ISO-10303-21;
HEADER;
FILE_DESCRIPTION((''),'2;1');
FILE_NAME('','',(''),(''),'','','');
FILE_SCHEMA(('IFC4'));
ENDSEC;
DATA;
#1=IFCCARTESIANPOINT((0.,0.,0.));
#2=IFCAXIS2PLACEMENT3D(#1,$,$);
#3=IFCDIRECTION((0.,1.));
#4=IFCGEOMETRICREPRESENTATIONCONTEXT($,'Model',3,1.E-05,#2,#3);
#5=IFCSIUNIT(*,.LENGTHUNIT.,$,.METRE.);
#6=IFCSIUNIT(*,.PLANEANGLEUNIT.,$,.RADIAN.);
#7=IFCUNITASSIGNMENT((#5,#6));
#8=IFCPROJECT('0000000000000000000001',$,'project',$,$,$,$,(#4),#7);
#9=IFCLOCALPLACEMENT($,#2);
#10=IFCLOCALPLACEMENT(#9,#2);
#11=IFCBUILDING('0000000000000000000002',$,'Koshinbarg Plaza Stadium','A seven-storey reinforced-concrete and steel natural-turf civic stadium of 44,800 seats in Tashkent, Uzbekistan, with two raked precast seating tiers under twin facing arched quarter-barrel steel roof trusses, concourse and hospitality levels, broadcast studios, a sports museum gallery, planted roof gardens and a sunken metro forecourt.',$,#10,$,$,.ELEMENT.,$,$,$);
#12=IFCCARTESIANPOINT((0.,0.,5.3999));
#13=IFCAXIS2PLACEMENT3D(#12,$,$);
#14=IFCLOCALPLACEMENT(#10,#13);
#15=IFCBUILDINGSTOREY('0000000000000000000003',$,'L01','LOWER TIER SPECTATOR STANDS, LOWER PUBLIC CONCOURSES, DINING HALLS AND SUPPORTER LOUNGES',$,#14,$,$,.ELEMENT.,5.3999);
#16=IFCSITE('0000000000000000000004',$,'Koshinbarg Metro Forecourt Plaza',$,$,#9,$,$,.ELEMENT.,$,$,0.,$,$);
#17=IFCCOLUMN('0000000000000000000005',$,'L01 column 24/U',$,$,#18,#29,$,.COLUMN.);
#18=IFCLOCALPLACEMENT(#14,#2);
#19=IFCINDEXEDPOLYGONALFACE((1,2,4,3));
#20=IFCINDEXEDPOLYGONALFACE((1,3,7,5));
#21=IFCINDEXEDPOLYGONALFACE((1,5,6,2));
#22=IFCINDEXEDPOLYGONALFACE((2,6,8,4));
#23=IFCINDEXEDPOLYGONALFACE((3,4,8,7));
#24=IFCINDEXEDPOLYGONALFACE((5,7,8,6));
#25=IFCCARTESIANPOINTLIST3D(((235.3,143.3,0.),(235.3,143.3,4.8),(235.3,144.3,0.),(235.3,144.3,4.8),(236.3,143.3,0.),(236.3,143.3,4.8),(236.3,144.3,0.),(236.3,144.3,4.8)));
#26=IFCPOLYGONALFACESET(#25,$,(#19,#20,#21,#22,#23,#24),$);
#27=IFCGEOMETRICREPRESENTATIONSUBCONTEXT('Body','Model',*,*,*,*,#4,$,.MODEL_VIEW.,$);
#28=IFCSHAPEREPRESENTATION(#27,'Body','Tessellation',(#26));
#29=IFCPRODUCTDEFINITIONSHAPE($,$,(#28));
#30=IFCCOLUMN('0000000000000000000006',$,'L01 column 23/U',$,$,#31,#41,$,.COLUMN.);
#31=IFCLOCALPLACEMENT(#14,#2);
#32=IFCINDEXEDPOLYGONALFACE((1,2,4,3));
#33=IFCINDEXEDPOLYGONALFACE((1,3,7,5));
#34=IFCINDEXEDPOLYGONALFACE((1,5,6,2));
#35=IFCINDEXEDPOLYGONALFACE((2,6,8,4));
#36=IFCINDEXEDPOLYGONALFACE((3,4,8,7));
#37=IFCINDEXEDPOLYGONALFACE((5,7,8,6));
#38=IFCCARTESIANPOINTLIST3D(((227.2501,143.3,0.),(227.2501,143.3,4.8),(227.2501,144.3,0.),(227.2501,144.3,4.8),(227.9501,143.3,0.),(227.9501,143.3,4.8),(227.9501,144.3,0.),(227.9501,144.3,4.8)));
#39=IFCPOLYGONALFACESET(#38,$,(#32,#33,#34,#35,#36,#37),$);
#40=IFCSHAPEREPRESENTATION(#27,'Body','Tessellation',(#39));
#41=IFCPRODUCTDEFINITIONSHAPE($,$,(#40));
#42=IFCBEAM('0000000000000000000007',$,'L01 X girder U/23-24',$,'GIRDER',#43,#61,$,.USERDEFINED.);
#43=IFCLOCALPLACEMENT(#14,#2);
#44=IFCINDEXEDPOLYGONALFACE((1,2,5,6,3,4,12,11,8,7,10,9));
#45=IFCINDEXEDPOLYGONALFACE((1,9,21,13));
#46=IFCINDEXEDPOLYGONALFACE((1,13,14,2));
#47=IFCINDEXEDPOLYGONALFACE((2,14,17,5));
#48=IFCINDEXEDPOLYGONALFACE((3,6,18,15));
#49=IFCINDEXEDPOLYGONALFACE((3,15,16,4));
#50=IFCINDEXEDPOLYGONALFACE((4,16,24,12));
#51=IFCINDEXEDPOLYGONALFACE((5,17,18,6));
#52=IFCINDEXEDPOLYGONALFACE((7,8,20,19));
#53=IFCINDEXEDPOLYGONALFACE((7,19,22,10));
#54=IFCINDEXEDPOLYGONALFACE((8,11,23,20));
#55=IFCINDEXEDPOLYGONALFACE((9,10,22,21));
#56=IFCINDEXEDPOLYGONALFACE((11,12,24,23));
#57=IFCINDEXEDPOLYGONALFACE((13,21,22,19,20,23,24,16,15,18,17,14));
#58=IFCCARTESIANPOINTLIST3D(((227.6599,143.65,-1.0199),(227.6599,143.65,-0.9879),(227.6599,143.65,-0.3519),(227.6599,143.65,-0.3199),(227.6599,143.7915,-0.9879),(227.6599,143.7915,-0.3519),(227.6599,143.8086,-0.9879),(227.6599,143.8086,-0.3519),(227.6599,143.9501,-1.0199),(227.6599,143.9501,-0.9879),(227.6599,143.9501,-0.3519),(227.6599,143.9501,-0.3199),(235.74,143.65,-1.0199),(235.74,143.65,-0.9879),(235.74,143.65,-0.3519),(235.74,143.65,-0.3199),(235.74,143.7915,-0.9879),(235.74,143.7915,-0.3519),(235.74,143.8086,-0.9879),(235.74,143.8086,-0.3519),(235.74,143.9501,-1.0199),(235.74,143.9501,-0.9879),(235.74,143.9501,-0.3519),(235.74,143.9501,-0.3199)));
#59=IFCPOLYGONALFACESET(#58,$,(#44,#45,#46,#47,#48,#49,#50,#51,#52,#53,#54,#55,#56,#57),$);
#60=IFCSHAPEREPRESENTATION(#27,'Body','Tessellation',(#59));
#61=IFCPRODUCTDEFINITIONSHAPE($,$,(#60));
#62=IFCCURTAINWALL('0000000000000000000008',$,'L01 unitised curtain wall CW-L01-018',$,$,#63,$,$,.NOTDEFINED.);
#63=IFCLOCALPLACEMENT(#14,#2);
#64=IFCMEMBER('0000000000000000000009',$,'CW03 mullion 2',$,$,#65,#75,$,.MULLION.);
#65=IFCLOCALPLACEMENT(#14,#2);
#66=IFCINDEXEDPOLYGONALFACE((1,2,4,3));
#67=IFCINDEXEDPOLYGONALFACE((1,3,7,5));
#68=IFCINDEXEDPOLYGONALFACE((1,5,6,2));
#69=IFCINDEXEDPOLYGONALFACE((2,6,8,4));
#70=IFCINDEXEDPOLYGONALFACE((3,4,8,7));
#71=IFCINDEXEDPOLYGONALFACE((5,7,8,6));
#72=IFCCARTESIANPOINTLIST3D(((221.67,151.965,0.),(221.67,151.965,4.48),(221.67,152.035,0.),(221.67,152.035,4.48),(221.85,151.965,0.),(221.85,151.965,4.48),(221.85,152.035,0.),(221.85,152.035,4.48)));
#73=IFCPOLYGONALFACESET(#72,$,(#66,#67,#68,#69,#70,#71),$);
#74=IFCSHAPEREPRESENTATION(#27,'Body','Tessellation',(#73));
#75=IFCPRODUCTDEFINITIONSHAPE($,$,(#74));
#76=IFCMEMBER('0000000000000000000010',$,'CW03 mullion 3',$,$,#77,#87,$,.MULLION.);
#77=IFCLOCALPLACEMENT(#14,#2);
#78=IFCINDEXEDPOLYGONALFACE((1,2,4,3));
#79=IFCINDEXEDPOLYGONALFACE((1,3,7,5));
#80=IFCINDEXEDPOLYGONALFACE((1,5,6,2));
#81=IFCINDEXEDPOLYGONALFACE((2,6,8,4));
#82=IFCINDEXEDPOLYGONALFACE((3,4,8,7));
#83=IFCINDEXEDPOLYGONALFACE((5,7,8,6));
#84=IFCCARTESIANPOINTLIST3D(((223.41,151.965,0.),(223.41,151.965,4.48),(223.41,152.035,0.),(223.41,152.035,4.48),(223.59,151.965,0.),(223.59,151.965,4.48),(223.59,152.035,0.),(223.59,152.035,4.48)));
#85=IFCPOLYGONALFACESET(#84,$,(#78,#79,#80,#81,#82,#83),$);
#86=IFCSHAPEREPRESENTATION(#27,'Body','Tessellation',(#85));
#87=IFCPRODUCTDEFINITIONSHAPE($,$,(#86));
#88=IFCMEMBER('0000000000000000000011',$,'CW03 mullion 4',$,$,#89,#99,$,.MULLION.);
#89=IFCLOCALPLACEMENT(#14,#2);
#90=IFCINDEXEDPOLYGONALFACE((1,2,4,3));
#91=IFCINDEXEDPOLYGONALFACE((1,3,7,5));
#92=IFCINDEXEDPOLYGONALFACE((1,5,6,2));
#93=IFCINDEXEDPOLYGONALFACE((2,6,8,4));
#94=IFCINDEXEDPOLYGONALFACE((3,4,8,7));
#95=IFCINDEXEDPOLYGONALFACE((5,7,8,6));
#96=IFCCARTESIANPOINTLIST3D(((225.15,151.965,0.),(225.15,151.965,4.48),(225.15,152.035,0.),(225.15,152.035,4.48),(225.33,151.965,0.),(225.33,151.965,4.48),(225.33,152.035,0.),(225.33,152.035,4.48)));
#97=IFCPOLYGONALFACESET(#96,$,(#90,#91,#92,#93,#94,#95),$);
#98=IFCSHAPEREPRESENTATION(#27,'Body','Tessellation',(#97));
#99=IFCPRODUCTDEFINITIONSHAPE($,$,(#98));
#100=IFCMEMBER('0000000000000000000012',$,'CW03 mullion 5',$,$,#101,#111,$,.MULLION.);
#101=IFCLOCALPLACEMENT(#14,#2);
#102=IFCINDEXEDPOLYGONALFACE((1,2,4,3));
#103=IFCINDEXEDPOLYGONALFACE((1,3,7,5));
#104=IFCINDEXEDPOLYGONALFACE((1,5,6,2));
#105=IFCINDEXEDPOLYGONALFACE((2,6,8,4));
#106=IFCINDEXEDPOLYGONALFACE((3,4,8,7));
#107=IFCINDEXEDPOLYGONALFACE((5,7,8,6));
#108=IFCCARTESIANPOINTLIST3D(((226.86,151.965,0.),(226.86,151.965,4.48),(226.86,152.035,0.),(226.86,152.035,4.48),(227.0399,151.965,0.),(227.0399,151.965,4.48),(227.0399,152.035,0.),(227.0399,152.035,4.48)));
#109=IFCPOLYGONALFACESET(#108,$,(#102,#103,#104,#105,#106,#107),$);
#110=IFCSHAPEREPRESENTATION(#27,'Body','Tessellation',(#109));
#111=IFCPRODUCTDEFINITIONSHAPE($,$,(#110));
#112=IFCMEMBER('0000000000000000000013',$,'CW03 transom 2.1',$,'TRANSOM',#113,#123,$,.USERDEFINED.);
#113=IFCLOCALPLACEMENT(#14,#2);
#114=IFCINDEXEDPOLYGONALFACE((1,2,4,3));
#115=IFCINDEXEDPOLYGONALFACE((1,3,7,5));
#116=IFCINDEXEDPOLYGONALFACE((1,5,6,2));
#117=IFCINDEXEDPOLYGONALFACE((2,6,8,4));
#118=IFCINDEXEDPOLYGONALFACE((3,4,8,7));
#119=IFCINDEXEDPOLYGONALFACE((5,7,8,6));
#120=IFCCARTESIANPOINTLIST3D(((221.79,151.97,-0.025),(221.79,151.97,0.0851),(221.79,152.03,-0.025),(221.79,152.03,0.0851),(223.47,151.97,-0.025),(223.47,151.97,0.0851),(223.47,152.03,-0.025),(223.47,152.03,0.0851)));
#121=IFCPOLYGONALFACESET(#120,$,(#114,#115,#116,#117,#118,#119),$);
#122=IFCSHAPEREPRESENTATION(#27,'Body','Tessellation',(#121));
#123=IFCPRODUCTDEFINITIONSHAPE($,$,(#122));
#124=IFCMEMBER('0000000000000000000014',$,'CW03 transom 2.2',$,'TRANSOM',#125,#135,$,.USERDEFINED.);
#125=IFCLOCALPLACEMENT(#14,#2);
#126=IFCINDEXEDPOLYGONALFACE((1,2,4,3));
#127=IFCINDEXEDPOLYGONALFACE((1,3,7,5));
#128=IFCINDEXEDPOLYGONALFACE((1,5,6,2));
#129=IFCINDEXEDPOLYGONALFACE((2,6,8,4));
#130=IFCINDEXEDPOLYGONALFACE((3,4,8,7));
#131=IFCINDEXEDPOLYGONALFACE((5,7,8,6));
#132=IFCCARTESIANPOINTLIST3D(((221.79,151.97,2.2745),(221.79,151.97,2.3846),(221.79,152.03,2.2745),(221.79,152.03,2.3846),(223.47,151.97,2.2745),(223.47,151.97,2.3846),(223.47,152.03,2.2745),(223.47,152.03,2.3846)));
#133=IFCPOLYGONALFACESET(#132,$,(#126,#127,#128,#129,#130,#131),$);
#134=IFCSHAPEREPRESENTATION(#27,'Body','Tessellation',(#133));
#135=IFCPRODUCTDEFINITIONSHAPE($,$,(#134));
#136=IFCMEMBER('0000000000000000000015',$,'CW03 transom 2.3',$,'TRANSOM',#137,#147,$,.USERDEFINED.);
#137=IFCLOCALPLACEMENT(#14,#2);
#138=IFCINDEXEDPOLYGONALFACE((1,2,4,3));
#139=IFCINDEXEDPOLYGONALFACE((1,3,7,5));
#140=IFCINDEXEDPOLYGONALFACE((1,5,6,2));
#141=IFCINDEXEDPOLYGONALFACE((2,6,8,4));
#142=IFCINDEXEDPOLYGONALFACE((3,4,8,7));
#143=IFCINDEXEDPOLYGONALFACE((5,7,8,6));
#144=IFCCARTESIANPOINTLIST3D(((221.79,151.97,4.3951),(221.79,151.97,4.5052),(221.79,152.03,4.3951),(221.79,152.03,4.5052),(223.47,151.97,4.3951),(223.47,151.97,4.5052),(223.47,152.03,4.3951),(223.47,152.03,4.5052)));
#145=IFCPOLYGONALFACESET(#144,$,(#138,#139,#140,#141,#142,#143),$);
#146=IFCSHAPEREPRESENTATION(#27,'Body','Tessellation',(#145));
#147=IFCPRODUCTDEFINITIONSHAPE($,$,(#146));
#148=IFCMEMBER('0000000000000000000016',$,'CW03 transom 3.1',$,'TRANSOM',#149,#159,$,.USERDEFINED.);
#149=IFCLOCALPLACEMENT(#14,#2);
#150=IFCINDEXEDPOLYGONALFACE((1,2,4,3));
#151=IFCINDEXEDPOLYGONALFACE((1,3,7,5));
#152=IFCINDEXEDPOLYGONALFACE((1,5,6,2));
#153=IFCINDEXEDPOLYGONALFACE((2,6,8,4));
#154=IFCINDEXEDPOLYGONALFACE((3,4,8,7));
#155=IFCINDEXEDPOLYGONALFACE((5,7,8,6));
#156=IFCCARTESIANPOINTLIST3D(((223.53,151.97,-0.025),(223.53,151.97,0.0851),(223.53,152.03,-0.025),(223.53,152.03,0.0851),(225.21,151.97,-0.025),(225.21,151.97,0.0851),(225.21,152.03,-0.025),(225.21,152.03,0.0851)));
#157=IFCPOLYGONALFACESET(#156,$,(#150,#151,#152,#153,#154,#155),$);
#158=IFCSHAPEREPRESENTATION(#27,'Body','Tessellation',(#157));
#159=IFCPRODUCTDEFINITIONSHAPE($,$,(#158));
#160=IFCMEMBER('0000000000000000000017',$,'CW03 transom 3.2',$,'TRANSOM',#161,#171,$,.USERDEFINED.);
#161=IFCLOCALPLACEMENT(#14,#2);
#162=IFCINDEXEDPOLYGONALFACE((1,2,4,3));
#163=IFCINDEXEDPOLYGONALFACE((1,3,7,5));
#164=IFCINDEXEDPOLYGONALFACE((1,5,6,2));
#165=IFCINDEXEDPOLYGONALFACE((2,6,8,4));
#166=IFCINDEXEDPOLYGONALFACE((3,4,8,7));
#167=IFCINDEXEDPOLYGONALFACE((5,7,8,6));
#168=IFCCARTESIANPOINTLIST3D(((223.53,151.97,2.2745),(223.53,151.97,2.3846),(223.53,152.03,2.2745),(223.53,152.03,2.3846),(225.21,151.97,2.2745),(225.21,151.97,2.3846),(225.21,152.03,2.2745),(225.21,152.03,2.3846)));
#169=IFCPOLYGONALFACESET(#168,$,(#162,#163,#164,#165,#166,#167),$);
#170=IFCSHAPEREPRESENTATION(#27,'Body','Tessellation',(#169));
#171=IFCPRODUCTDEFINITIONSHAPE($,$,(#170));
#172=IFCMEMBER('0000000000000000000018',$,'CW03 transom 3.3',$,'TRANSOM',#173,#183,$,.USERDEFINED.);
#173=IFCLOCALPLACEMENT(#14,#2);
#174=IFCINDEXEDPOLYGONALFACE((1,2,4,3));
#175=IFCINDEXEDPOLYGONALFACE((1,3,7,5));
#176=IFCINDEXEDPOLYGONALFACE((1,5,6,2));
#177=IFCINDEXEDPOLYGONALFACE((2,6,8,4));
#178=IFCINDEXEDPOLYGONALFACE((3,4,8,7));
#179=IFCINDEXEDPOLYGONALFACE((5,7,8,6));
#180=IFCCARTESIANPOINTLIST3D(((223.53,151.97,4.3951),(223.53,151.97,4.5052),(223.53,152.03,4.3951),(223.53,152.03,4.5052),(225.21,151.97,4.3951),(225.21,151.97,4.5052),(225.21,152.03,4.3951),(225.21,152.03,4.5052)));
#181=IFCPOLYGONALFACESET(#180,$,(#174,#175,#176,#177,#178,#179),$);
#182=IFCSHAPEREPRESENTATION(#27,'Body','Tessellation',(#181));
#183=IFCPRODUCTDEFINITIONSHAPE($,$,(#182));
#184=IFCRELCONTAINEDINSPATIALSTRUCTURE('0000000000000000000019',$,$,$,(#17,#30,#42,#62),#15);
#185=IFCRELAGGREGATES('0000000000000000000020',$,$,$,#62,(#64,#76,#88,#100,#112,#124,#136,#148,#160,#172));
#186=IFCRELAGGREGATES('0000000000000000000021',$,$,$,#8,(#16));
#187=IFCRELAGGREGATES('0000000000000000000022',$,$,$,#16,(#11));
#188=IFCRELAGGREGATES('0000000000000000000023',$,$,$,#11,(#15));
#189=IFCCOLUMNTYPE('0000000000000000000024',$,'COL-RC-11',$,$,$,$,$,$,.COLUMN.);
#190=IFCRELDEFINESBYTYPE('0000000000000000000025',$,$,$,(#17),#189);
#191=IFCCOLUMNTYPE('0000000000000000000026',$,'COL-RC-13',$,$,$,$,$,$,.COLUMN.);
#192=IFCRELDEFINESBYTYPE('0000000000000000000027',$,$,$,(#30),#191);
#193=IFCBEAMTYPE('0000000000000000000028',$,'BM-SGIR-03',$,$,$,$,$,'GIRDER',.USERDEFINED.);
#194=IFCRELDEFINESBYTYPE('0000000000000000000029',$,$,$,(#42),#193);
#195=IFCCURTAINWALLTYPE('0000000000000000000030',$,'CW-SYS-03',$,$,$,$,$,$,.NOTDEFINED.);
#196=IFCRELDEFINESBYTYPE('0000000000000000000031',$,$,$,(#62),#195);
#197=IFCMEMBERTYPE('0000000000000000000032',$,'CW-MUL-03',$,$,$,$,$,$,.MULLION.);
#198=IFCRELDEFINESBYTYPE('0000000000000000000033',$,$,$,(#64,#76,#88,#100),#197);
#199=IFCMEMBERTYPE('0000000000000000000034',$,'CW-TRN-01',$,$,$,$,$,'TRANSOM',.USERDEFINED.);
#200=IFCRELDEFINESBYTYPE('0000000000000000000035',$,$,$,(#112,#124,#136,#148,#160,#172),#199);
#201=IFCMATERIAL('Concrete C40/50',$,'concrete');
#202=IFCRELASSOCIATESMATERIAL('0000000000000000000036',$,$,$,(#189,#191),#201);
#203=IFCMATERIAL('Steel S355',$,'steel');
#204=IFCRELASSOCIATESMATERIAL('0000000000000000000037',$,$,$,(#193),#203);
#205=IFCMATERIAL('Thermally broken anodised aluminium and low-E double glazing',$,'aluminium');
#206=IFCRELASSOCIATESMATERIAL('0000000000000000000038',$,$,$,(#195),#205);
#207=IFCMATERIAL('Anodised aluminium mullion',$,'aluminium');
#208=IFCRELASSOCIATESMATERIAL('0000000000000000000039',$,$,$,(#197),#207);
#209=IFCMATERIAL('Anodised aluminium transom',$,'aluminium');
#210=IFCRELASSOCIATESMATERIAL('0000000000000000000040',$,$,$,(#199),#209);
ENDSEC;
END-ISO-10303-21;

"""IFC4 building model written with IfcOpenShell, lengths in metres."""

from ifc_helpers import new_model, si_unit, direction, frame, origin, origin_2d, place, context, subcontext, project, spatial, rectangle, i_section, extrude, material, material_profile, profile_set, type_object, element, aggregate, save


model = new_model("IFC4")

# Units and contexts
model_context = context("Model", 3, precision=1e-05, world=origin(), true_north=direction((0.0, 1.0)))
body_context = subcontext(model_context, "Body", "Model", "MODEL_VIEW")
ifc_project = project(units=[si_unit("LENGTHUNIT", "METRE"), si_unit("PLANEANGLEUNIT", "RADIAN")], contexts=[model_context])

# Site, building, storey
site_placement = place(None, origin())
site = spatial("IfcSite", under=ifc_project, at=site_placement, Name="Koshinbarg Metro Forecourt Plaza", CompositionType="ELEMENT", RefElevation=0.0)
building_placement = place(site_placement, origin())
building = spatial("IfcBuilding", under=site, at=building_placement, Name="Koshinbarg Plaza Stadium", Description="A seven-storey reinforced-concrete and steel natural-turf civic stadium of 44,800 seats in Tashkent, Uzbekistan, with two raked precast seating tiers under twin facing arched quarter-barrel steel roof trusses, concourse and hospitality levels, broadcast studios, a sports museum gallery, planted roof gardens and a sunken metro forecourt.", CompositionType="ELEMENT")
storey_placement = place(building_placement, frame((0.0, 0.0, 5.3999)))
storey = spatial("IfcBuildingStorey", under=building, at=storey_placement, Name="L01", Description="LOWER TIER SPECTATOR STANDS, LOWER PUBLIC CONCOURSES, DINING HALLS AND SUPPORTER LOUNGES", CompositionType="ELEMENT", Elevation=5.3999)

# Columns
ifc_material_1 = material(Name="Concrete C40/50", Category="concrete")
ifc_material_profile_1 = material_profile(ifc_material_1, rectangle(XDim=1.0, YDim=1.0, at=origin_2d()), Name="RC 1000x1000")
ifc_profile_set_1 = profile_set([ifc_material_profile_1], Name="Concrete C40/50")
column_type_1 = type_object("IfcColumnType", Name="COL-RC-11", PredefinedType="COLUMN", material=ifc_profile_set_1)
column_1_placement = place(storey_placement, frame((235.8, 143.8, 0.0), z_axis=(0.0, 0.0, 1.0), x_axis=(1.0, 0.0, 0.0)))
element("IfcColumn", 1, at=column_1_placement, inside=storey, type_object=column_type_1, Name="L01 column 24/U", PredefinedType="COLUMN", context=body_context, shape_type="SweptSolid", body=[
    extrude(rectangle(XDim=1.0, YDim=1.0, at=origin_2d()), origin(), (0.0, 0.0, 1.0), 4.8),
])
ifc_material_profile_2 = material_profile(ifc_material_1, rectangle(XDim=0.7, YDim=1.0, at=origin_2d()), Name="RC 700x1000")
ifc_profile_set_2 = profile_set([ifc_material_profile_2], Name="Concrete C40/50")
column_type_2 = type_object("IfcColumnType", Name="COL-RC-13", PredefinedType="COLUMN", material=ifc_profile_set_2)
column_2_placement = place(storey_placement, frame((227.6001, 143.8, 0.0), z_axis=(0.0, 0.0, 1.0), x_axis=(1.0, 0.0, 0.0)))
element("IfcColumn", 2, at=column_2_placement, inside=storey, type_object=column_type_2, Name="L01 column 23/U", PredefinedType="COLUMN", context=body_context, shape_type="SweptSolid", body=[
    extrude(rectangle(XDim=0.7, YDim=1.0, at=origin_2d()), origin(), (0.0, 0.0, 1.0), 4.8),
])

# Beam
ifc_material_2 = material(Name="Steel S355", Category="steel")
ifc_material_profile_3 = material_profile(ifc_material_2, i_section(OverallWidth=0.3, OverallDepth=0.7, WebThickness=0.0171, FlangeThickness=0.032, at=origin_2d()), Name="HEB 700")
ifc_profile_set_3 = profile_set([ifc_material_profile_3], Name="Steel S355")
beam_type = type_object("IfcBeamType", Name="BM-SGIR-03", ElementType="GIRDER", PredefinedType="USERDEFINED", material=ifc_profile_set_3)
beam_placement = place(storey_placement, frame((227.6599, 143.8, -0.6699), z_axis=(1.0, 0.0, 0.0), x_axis=(0.0, 1.0, 0.0)))
element("IfcBeam", 3, at=beam_placement, inside=storey, type_object=beam_type, Name="L01 X girder U/23-24", ObjectType="GIRDER", PredefinedType="USERDEFINED", context=body_context, shape_type="SweptSolid", body=[
    extrude(i_section(OverallWidth=0.3, OverallDepth=0.7, WebThickness=0.0171, FlangeThickness=0.032, at=origin_2d()), origin(), (0.0, 0.0, 1.0), 8.0801),
])

# Curtain wall, members
ifc_material_3 = material(Name="Thermally broken anodised aluminium and low-E double glazing", Category="aluminium")
curtain_wall_type = type_object("IfcCurtainWallType", Name="CW-SYS-03", PredefinedType="NOTDEFINED", material=ifc_material_3)
curtain_wall_placement = place(storey_placement, origin())
curtain_wall = element("IfcCurtainWall", 4, at=curtain_wall_placement, inside=storey, type_object=curtain_wall_type, Name="L01 unitised curtain wall CW-L01-018", PredefinedType="NOTDEFINED")
ifc_material_4 = material(Name="Anodised aluminium mullion", Category="aluminium")
ifc_material_profile_4 = material_profile(ifc_material_4, rectangle(XDim=0.0701, YDim=0.1799, at=origin_2d()), Name="ALU 70x180")
ifc_profile_set_4 = profile_set([ifc_material_profile_4], Name="Anodised aluminium mullion")
member_type_1 = type_object("IfcMemberType", Name="CW-MUL-03", PredefinedType="MULLION", material=ifc_profile_set_4)
member_1_placement = place(storey_placement, frame((221.76, 152.0, 0.0), z_axis=(0.0, 0.0, 1.0), x_axis=(0.0, 1.0, 0.0)))
member_1 = element("IfcMember", 5, at=member_1_placement, type_object=member_type_1, Name="CW03 mullion 2", PredefinedType="MULLION", context=body_context, shape_type="SweptSolid", body=[
    extrude(rectangle(XDim=0.0701, YDim=0.1799, at=origin_2d()), origin(), (0.0, 0.0, 1.0), 4.48),
])
member_2_placement = place(storey_placement, frame((223.5, 152.0, 0.0), z_axis=(0.0, 0.0, 1.0), x_axis=(0.0, 1.0, 0.0)))
member_2 = element("IfcMember", 6, at=member_2_placement, type_object=member_type_1, Name="CW03 mullion 3", PredefinedType="MULLION", context=body_context, shape_type="SweptSolid", body=[
    extrude(rectangle(XDim=0.0701, YDim=0.1799, at=origin_2d()), origin(), (0.0, 0.0, 1.0), 4.48),
])
member_3_placement = place(storey_placement, frame((225.24, 152.0, 0.0), z_axis=(0.0, 0.0, 1.0), x_axis=(0.0, 1.0, 0.0)))
member_3 = element("IfcMember", 7, at=member_3_placement, type_object=member_type_1, Name="CW03 mullion 4", PredefinedType="MULLION", context=body_context, shape_type="SweptSolid", body=[
    extrude(rectangle(XDim=0.0701, YDim=0.1799, at=origin_2d()), origin(), (0.0, 0.0, 1.0), 4.48),
])
member_4_placement = place(storey_placement, frame((226.95, 152.0, 0.0), z_axis=(0.0, 0.0, 1.0), x_axis=(0.0, 1.0, 0.0)))
member_4 = element("IfcMember", 8, at=member_4_placement, type_object=member_type_1, Name="CW03 mullion 5", PredefinedType="MULLION", context=body_context, shape_type="SweptSolid", body=[
    extrude(rectangle(XDim=0.0701, YDim=0.1799, at=origin_2d()), origin(), (0.0, 0.0, 1.0), 4.48),
])
ifc_material_5 = material(Name="Anodised aluminium transom", Category="aluminium")
ifc_material_profile_5 = material_profile(ifc_material_5, rectangle(XDim=0.0601, YDim=0.1101, at=origin_2d()), Name="ALU 60x110")
ifc_profile_set_5 = profile_set([ifc_material_profile_5], Name="Anodised aluminium transom")
member_type_2 = type_object("IfcMemberType", Name="CW-TRN-01", ElementType="TRANSOM", PredefinedType="USERDEFINED", material=ifc_profile_set_5)
member_5_placement = place(storey_placement, frame((221.79, 152.0, 0.03), z_axis=(1.0, 0.0, 0.0), x_axis=(0.0, 1.0, 0.0)))
member_5 = element("IfcMember", 9, at=member_5_placement, type_object=member_type_2, Name="CW03 transom 2.1", ObjectType="TRANSOM", PredefinedType="USERDEFINED", context=body_context, shape_type="SweptSolid", body=[
    extrude(rectangle(XDim=0.0601, YDim=0.1101, at=origin_2d()), origin(), (0.0, 0.0, 1.0), 1.6799),
])
member_6_placement = place(storey_placement, frame((221.79, 152.0, 2.3296), z_axis=(1.0, 0.0, 0.0), x_axis=(0.0, 1.0, 0.0)))
member_6 = element("IfcMember", 10, at=member_6_placement, type_object=member_type_2, Name="CW03 transom 2.2", ObjectType="TRANSOM", PredefinedType="USERDEFINED", context=body_context, shape_type="SweptSolid", body=[
    extrude(rectangle(XDim=0.0601, YDim=0.1101, at=origin_2d()), origin(), (0.0, 0.0, 1.0), 1.6799),
])
member_7_placement = place(storey_placement, frame((221.79, 152.0, 4.4502), z_axis=(1.0, 0.0, 0.0), x_axis=(0.0, 1.0, 0.0)))
member_7 = element("IfcMember", 11, at=member_7_placement, type_object=member_type_2, Name="CW03 transom 2.3", ObjectType="TRANSOM", PredefinedType="USERDEFINED", context=body_context, shape_type="SweptSolid", body=[
    extrude(rectangle(XDim=0.0601, YDim=0.1101, at=origin_2d()), origin(), (0.0, 0.0, 1.0), 1.6799),
])
member_8_placement = place(storey_placement, frame((223.53, 152.0, 0.03), z_axis=(1.0, 0.0, 0.0), x_axis=(0.0, 1.0, 0.0)))
member_8 = element("IfcMember", 12, at=member_8_placement, type_object=member_type_2, Name="CW03 transom 3.1", ObjectType="TRANSOM", PredefinedType="USERDEFINED", context=body_context, shape_type="SweptSolid", body=[
    extrude(rectangle(XDim=0.0601, YDim=0.1101, at=origin_2d()), origin(), (0.0, 0.0, 1.0), 1.6799),
])
member_9_placement = place(storey_placement, frame((223.53, 152.0, 2.3296), z_axis=(1.0, 0.0, 0.0), x_axis=(0.0, 1.0, 0.0)))
member_9 = element("IfcMember", 13, at=member_9_placement, type_object=member_type_2, Name="CW03 transom 3.2", ObjectType="TRANSOM", PredefinedType="USERDEFINED", context=body_context, shape_type="SweptSolid", body=[
    extrude(rectangle(XDim=0.0601, YDim=0.1101, at=origin_2d()), origin(), (0.0, 0.0, 1.0), 1.6799),
])
member_10_placement = place(storey_placement, frame((223.53, 152.0, 4.4502), z_axis=(1.0, 0.0, 0.0), x_axis=(0.0, 1.0, 0.0)))
member_10 = element("IfcMember", 14, at=member_10_placement, type_object=member_type_2, Name="CW03 transom 3.3", ObjectType="TRANSOM", PredefinedType="USERDEFINED", context=body_context, shape_type="SweptSolid", body=[
    extrude(rectangle(XDim=0.0601, YDim=0.1101, at=origin_2d()), origin(), (0.0, 0.0, 1.0), 1.6799),
])
aggregate(curtain_wall, [member_1, member_2, member_3, member_4, member_5, member_6, member_7, member_8, member_9, member_10])

save(model, "model.ifc")
